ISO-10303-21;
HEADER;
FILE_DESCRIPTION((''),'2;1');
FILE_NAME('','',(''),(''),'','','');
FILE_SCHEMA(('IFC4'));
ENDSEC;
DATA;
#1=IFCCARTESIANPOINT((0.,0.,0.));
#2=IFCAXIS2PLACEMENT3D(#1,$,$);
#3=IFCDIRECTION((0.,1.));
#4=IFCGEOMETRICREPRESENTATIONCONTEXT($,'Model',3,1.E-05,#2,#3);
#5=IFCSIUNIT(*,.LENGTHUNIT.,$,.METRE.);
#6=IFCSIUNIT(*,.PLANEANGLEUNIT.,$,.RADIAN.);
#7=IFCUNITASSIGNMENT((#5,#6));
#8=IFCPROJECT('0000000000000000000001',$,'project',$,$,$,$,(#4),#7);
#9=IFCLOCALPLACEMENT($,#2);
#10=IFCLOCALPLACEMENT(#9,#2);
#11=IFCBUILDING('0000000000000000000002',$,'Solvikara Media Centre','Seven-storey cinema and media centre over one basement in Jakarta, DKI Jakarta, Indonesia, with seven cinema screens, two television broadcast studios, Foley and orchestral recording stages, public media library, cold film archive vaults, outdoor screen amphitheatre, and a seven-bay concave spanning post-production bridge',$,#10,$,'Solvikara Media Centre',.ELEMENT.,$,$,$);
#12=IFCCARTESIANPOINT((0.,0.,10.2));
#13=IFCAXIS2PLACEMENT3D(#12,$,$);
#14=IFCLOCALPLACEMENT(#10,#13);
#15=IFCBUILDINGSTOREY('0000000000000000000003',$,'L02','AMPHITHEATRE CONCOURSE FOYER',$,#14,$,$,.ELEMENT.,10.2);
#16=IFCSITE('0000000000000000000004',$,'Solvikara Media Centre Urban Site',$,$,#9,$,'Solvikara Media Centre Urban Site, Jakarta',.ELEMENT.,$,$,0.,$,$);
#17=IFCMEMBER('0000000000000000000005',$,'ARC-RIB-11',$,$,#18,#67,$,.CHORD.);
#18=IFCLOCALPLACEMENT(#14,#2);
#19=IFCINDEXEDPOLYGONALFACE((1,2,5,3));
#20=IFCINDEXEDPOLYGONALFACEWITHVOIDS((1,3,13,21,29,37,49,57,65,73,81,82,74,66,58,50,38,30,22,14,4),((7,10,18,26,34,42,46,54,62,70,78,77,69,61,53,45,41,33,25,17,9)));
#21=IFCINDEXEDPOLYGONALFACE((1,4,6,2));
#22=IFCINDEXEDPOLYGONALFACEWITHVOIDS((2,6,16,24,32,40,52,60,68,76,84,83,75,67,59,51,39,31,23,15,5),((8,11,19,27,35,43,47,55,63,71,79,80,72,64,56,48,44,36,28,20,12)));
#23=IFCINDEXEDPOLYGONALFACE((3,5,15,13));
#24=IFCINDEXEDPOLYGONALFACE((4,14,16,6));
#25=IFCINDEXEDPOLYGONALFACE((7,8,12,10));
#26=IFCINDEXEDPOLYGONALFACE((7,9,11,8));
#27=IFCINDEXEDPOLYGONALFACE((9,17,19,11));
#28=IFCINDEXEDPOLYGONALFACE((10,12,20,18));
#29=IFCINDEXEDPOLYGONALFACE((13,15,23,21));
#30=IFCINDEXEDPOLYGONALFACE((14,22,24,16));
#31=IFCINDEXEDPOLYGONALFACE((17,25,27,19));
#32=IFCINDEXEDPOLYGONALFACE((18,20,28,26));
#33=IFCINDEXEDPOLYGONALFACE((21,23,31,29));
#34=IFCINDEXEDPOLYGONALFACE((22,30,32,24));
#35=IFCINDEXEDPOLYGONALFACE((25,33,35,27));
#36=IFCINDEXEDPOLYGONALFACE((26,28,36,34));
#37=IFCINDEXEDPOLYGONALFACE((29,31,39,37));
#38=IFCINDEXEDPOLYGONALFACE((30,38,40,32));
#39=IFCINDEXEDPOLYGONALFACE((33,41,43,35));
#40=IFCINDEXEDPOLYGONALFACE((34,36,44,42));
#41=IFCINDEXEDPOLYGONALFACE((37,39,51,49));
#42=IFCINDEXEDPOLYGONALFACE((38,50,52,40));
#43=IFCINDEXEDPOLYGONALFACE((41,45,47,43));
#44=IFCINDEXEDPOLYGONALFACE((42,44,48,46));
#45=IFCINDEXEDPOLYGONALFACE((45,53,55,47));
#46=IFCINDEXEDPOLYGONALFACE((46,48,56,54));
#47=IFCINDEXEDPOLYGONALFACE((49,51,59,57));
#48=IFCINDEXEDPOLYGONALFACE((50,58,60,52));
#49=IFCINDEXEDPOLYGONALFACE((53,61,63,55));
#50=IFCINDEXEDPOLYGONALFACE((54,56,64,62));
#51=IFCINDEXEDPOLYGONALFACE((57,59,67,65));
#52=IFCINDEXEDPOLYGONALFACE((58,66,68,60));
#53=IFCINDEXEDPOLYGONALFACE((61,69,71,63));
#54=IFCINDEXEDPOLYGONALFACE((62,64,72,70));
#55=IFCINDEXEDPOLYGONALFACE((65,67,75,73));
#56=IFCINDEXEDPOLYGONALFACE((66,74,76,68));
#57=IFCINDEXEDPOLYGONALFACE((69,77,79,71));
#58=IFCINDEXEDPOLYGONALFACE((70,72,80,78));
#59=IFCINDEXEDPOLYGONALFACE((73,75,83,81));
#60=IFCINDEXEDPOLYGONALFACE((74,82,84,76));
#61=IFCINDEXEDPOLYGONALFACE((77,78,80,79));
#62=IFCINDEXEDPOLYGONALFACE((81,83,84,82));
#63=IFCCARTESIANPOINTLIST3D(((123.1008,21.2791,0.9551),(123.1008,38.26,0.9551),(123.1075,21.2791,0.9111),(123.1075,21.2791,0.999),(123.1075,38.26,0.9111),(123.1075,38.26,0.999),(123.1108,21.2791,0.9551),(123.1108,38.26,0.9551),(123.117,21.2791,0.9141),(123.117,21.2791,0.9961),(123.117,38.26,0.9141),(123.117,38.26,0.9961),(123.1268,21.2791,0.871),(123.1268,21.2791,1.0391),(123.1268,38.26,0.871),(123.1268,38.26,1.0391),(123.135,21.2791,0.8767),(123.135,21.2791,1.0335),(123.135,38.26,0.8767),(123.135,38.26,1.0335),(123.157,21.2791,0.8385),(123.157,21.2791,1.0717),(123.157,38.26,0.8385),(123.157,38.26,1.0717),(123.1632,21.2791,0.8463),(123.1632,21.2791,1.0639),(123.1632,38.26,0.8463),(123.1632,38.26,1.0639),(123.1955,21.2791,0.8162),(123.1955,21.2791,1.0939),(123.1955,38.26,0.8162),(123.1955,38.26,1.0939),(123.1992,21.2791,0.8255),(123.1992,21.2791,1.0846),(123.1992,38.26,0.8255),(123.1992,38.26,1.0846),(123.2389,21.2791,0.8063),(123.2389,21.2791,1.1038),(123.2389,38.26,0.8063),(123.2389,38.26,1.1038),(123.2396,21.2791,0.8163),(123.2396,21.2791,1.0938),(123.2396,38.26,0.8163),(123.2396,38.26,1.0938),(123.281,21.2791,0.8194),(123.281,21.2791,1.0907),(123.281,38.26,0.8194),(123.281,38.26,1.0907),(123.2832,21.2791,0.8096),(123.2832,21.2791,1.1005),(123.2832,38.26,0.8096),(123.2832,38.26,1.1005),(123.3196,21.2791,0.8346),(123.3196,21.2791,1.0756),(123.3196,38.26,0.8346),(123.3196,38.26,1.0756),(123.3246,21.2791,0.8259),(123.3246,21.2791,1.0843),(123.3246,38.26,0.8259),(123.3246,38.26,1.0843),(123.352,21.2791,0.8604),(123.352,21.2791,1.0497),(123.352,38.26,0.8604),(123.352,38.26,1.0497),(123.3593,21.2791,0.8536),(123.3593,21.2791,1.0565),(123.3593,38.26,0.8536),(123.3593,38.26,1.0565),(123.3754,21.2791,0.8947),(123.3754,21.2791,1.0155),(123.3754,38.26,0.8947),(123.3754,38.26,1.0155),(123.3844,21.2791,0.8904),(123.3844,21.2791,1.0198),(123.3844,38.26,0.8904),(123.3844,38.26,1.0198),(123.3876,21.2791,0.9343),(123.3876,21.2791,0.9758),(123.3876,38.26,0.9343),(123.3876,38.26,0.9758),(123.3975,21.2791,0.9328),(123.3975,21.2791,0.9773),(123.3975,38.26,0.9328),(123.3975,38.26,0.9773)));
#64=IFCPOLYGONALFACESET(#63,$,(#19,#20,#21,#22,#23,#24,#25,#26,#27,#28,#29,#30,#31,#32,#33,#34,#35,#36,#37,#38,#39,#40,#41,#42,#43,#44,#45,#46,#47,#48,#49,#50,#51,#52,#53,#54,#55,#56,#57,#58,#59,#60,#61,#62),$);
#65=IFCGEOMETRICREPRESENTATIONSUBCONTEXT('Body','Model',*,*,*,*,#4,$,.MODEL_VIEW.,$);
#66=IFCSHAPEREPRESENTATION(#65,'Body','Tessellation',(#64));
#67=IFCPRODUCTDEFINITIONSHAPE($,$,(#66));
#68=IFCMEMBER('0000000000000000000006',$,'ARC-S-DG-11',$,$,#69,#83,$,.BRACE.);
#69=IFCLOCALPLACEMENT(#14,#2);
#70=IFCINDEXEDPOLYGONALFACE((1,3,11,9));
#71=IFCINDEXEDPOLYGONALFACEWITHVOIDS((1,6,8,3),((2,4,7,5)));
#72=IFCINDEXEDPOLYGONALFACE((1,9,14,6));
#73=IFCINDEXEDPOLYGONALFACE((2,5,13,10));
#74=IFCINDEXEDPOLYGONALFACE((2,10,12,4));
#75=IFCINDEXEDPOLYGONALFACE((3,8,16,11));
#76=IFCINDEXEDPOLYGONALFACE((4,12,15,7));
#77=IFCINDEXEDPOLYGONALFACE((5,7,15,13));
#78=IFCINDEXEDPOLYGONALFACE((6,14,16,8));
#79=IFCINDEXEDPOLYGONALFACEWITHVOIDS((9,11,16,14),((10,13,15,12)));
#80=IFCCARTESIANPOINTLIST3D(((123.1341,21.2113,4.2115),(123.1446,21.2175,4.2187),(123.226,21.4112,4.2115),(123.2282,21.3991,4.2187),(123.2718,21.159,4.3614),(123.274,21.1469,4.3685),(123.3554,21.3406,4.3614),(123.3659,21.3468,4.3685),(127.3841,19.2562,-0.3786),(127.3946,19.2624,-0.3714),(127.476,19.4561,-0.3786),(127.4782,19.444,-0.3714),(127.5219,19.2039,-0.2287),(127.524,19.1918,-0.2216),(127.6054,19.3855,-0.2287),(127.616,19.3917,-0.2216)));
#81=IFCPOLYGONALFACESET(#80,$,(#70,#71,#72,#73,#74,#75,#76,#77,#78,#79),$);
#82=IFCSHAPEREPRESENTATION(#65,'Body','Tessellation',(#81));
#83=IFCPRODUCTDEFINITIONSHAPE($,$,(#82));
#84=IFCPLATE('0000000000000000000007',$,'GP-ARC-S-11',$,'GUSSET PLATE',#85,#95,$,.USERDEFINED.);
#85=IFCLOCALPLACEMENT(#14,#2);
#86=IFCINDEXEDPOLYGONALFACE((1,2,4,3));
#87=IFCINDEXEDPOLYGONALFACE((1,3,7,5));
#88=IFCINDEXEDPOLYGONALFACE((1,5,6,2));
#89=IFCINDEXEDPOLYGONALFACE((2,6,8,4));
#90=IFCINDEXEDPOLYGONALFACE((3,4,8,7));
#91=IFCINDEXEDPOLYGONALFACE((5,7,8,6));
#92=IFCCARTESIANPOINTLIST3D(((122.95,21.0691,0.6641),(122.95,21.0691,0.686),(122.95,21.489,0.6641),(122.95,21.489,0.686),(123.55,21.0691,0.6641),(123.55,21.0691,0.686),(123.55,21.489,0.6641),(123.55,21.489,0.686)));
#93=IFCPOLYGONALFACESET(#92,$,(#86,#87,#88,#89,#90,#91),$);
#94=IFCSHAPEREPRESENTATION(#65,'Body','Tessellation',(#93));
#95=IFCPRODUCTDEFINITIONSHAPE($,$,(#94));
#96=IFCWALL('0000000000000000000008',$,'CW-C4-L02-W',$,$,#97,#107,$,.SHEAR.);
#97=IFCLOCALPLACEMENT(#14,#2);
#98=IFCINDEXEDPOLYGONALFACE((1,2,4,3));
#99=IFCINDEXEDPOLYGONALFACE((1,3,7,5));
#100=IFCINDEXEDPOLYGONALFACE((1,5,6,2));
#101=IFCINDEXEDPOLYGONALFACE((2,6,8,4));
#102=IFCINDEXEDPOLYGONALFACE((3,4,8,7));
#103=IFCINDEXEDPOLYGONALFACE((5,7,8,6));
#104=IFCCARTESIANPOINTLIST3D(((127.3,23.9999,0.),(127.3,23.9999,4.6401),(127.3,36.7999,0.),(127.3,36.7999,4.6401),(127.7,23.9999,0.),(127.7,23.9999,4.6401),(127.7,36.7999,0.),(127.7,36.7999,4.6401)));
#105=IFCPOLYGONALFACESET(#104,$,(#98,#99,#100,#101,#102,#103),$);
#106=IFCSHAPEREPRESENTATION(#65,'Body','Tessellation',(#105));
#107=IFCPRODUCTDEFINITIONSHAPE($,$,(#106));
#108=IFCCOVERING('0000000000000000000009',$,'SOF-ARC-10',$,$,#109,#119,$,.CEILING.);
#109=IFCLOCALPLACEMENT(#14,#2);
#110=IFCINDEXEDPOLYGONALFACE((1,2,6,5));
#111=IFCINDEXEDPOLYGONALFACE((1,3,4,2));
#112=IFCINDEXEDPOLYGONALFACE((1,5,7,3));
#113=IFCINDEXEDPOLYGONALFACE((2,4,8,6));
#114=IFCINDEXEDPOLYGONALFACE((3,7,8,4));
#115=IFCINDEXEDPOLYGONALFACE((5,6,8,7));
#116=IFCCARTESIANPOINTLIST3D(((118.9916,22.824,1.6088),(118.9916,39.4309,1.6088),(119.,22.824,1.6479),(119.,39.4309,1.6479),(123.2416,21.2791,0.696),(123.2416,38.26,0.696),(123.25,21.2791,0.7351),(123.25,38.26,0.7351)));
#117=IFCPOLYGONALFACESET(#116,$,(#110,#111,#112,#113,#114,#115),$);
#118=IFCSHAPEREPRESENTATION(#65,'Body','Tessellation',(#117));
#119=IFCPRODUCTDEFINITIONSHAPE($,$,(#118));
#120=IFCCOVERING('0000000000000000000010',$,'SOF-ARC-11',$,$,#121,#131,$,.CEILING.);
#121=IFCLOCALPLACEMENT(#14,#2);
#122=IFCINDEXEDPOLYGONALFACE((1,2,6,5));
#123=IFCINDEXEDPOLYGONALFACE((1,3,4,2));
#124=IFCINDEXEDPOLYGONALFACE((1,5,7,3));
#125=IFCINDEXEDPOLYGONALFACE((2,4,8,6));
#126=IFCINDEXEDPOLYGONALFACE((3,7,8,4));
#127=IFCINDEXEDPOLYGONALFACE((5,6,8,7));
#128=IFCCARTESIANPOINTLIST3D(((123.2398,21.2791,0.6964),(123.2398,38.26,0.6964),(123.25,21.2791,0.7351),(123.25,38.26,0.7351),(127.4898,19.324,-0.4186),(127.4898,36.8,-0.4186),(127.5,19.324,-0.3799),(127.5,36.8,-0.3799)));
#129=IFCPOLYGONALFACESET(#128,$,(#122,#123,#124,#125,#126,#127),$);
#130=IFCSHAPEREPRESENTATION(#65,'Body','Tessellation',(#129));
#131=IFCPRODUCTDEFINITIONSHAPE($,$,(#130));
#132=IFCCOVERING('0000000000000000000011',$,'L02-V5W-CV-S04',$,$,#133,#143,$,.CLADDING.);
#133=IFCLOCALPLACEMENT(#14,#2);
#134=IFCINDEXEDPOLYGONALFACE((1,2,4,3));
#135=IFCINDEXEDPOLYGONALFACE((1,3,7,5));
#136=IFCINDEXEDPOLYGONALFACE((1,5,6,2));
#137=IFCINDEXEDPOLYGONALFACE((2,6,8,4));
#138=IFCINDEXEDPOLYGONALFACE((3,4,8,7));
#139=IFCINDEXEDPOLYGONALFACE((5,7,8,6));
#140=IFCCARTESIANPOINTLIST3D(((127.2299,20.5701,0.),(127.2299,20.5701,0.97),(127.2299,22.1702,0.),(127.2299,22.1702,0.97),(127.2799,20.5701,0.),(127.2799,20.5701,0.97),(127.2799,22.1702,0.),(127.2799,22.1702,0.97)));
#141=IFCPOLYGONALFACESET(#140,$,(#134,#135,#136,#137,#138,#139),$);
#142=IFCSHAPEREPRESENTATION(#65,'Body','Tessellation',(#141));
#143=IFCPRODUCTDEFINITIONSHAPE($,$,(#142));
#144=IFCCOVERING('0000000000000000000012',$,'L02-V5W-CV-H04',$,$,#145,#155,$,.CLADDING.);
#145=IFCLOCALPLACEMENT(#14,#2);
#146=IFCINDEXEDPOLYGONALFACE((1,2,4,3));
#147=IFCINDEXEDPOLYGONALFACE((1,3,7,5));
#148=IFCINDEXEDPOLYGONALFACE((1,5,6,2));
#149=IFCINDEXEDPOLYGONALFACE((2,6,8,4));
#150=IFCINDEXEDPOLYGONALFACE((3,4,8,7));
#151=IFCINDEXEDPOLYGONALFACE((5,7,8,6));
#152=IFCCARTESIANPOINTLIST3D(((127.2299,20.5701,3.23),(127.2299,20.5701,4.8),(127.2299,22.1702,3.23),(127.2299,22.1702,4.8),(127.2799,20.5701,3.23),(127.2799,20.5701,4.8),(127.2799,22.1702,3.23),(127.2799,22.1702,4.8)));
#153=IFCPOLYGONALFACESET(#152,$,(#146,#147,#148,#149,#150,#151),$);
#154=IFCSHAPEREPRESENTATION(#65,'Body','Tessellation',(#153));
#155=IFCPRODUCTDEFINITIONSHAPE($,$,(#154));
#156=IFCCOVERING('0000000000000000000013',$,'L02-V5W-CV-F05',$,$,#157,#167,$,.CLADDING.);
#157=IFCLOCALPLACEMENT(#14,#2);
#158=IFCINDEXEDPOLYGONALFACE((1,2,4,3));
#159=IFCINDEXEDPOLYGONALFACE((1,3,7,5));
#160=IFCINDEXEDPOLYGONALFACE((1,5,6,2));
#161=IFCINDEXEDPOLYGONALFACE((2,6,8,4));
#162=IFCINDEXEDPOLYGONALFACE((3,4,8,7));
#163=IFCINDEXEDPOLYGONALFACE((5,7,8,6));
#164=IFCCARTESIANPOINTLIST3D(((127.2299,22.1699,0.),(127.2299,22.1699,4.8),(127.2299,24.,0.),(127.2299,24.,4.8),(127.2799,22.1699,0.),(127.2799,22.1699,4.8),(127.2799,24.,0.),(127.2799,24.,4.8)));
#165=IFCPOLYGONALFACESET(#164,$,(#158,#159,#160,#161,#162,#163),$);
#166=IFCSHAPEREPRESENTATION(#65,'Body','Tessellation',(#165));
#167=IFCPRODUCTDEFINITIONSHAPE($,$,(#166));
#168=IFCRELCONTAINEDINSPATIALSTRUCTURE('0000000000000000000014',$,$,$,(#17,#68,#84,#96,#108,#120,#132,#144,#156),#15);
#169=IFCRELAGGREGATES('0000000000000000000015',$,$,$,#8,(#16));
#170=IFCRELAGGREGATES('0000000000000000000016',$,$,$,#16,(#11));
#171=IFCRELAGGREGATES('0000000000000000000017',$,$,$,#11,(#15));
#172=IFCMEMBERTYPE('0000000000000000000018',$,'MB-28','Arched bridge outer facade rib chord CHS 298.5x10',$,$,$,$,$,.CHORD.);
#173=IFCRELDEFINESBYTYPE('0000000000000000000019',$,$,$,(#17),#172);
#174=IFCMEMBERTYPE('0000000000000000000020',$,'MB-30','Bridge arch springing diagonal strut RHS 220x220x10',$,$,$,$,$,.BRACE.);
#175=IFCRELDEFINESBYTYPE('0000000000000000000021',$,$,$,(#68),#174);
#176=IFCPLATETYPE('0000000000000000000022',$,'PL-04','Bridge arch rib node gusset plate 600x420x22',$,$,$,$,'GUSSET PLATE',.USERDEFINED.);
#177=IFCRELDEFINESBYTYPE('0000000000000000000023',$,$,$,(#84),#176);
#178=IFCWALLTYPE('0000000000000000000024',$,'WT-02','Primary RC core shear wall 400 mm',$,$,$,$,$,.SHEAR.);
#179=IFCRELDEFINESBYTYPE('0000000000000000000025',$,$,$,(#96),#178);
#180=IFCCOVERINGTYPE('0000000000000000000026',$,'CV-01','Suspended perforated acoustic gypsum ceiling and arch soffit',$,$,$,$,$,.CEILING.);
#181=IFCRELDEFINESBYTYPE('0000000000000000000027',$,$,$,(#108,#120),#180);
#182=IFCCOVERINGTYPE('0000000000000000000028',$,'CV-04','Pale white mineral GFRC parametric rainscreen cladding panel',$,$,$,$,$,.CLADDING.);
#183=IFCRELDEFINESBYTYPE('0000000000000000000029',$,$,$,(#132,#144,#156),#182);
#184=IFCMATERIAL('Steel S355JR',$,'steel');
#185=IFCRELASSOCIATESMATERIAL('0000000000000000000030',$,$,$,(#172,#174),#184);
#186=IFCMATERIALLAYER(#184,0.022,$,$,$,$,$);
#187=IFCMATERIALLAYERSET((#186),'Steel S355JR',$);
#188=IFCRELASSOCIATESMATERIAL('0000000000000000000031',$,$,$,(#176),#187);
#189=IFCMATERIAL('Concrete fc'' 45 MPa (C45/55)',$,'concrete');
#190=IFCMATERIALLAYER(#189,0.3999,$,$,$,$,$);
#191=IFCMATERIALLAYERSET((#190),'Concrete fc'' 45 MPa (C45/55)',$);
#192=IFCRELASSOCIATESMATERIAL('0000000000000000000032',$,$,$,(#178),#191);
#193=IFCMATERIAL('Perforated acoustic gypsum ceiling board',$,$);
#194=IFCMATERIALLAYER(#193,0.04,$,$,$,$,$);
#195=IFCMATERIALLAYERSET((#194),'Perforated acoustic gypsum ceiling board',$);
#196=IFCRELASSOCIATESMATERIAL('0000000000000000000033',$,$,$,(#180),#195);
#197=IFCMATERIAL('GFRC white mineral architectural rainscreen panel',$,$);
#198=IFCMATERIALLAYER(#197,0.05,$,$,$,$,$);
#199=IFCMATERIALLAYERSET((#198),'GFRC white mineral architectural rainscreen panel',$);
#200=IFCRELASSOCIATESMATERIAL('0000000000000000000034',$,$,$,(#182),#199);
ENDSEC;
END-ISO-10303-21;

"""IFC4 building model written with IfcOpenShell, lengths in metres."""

from ifc_helpers import new_model, si_unit, direction, frame, frame_2d, origin, origin_2d, place, context, subcontext, project, spatial, polyline, rectangle, hollow_rectangle, hollow_circle, outline, extrude, material, layer, layer_set, material_profile, profile_set, type_object, element, save


model = new_model("IFC4")

# Units and contexts
model_context = context("Model", 3, precision=1e-05, world=origin(), true_north=direction((0.0, 1.0)))
body_context = subcontext(model_context, "Body", "Model", "MODEL_VIEW")
ifc_project = project(units=[si_unit("LENGTHUNIT", "METRE"), si_unit("PLANEANGLEUNIT", "RADIAN")], contexts=[model_context])

# Site, building, storey
site_placement = place(None, origin())
site = spatial("IfcSite", under=ifc_project, at=site_placement, Name="Solvikara Media Centre Urban Site", LongName="Solvikara Media Centre Urban Site, Jakarta", CompositionType="ELEMENT", RefElevation=0.0)
building_placement = place(site_placement, origin())
building = spatial("IfcBuilding", under=site, at=building_placement, Name="Solvikara Media Centre", Description="Seven-storey cinema and media centre over one basement in Jakarta, DKI Jakarta, Indonesia, with seven cinema screens, two television broadcast studios, Foley and orchestral recording stages, public media library, cold film archive vaults, outdoor screen amphitheatre, and a seven-bay concave spanning post-production bridge", LongName="Solvikara Media Centre", CompositionType="ELEMENT")
storey_placement = place(building_placement, frame((0.0, 0.0, 10.2)))
storey = spatial("IfcBuildingStorey", under=building, at=storey_placement, Name="L02", Description="AMPHITHEATRE CONCOURSE FOYER", CompositionType="ELEMENT", Elevation=10.2)

# Members
ifc_material_1 = material(Name="Steel S355JR", Category="steel")
ifc_material_profile_1 = material_profile(ifc_material_1, hollow_circle(Radius=0.1492, WallThickness=0.01, at=origin_2d()), Name="CHS 298.5x10")
ifc_profile_set_1 = profile_set([ifc_material_profile_1], Name="Steel S355JR")
member_type_1 = type_object("IfcMemberType", Name="MB-28", Description="Arched bridge outer facade rib chord CHS 298.5x10", PredefinedType="CHORD", material=ifc_profile_set_1)
member_1_placement = place(storey_placement, frame((123.25, 21.2791, 0.9551), z_axis=(0.0, 1.0, 0.0), x_axis=(-1.0, 0.0, 0.0)))
element("IfcMember", 1, at=member_1_placement, inside=storey, type_object=member_type_1, Name="ARC-RIB-11", PredefinedType="CHORD", context=body_context, shape_type="SweptSolid", body=[
    extrude(hollow_circle(Radius=0.1492, WallThickness=0.01, at=origin_2d()), origin(), (0.0, 0.0, 1.0), 16.981),
])
ifc_material_profile_2 = material_profile(ifc_material_1, hollow_rectangle(XDim=0.22, YDim=0.22, WallThickness=0.01, at=origin_2d()), Name="RHS 220x220x10")
ifc_profile_set_2 = profile_set([ifc_material_profile_2], Name="Steel S355JR")
member_type_2 = type_object("IfcMemberType", Name="MB-30", Description="Bridge arch springing diagonal strut RHS 220x220x10", PredefinedType="BRACE", material=ifc_profile_set_2)
member_2_placement = place(storey_placement, frame((123.25, 21.2791, 4.29), z_axis=(0.648468, -0.298307, -0.700359), x_axis=(0.417919, 0.908484, 0.0)))
element("IfcMember", 2, at=member_2_placement, inside=storey, type_object=member_type_2, Name="ARC-S-DG-11", PredefinedType="BRACE", context=body_context, shape_type="SweptSolid", body=[
    extrude(hollow_rectangle(XDim=0.22, YDim=0.22, WallThickness=0.01, at=origin_2d()), origin(), (0.0, 0.0, 1.0), 6.554),
])

# Plate
ifc_layer_1 = layer(ifc_material_1, 0.022)
ifc_layer_set_1 = layer_set([ifc_layer_1], Name="Steel S355JR")
plate_type = type_object("IfcPlateType", Name="PL-04", Description="Bridge arch rib node gusset plate 600x420x22", ElementType="GUSSET PLATE", PredefinedType="USERDEFINED", material=ifc_layer_set_1)
plate_placement = place(storey_placement, frame((123.25, 21.2791, 0.6641), z_axis=(0.0, 0.0, 1.0), x_axis=(1.0, 0.0, 0.0)))
element("IfcPlate", 3, at=plate_placement, inside=storey, type_object=plate_type, Name="GP-ARC-S-11", ObjectType="GUSSET PLATE", PredefinedType="USERDEFINED", context=body_context, shape_type="SweptSolid", body=[
    extrude(rectangle(XDim=0.6001, YDim=0.4199, at=origin_2d()), origin(), (0.0, 0.0, 1.0), 0.022),
])

# Wall
ifc_material_2 = material(Name="Concrete fc' 45 MPa (C45/55)", Category="concrete")
ifc_layer_2 = layer(ifc_material_2, 0.3999)
ifc_layer_set_2 = layer_set([ifc_layer_2], Name="Concrete fc' 45 MPa (C45/55)")
wall_type = type_object("IfcWallType", Name="WT-02", Description="Primary RC core shear wall 400 mm", PredefinedType="SHEAR", material=ifc_layer_set_2)
wall_placement = place(storey_placement, frame((127.5, 24.0, 0.0), z_axis=(0.0, 0.0, 1.0), x_axis=(0.0, 1.0, 0.0)))
element("IfcWall", 4, at=wall_placement, inside=storey, type_object=wall_type, Name="CW-C4-L02-W", PredefinedType="SHEAR", context=body_context, shape_type="SweptSolid", body=[
    extrude(rectangle(XDim=12.8, YDim=0.3999, at=frame_2d((6.3999, 0.0))), origin(), (0.0, 0.0, 1.0), 4.6401),
])

# Coverings
ifc_material_3 = material(Name="Perforated acoustic gypsum ceiling board")
ifc_layer_3 = layer(ifc_material_3, 0.04)
ifc_layer_set_3 = layer_set([ifc_layer_3], Name="Perforated acoustic gypsum ceiling board")
covering_type_1 = type_object("IfcCoveringType", Name="CV-01", Description="Suspended perforated acoustic gypsum ceiling and arch soffit", PredefinedType="CEILING", material=ifc_layer_set_3)
covering_1_placement = place(storey_placement, frame((119.0, 22.824, 1.6479), z_axis=(0.209997, 0.0, 0.977702), x_axis=(0.921249, -0.334884, -0.197872)))
element("IfcCovering", 5, at=covering_1_placement, inside=storey, type_object=covering_type_1, Name="SOF-ARC-10", PredefinedType="CEILING", context=body_context, shape_type="SweptSolid", body=[
    extrude(outline(polyline([(0.0, 0.0), (4.6133, 0.0), (-1.0733, 16.0005), (-5.5614, 15.648), (0.0, 0.0)])), origin(), (0.0, 0.0, -1.0), 0.04),
])
covering_2_placement = place(storey_placement, frame((123.25, 21.2791, 0.7351), z_axis=(0.253763, 0.0, 0.967266), x_axis=(0.88373, -0.406532, -0.231847)))
element("IfcCovering", 6, at=covering_2_placement, inside=storey, type_object=covering_type_1, Name="SOF-ARC-11", PredefinedType="CEILING", context=body_context, shape_type="SweptSolid", body=[
    extrude(outline(polyline([(0.0, 0.0), (4.8092, 0.0), (-2.2954, 15.9668), (-6.9033, 15.5144), (0.0, 0.0)])), origin(), (0.0, 0.0, -1.0), 0.04),
])
ifc_material_4 = material(Name="GFRC white mineral architectural rainscreen panel")
ifc_layer_4 = layer(ifc_material_4, 0.05)
ifc_layer_set_4 = layer_set([ifc_layer_4], Name="GFRC white mineral architectural rainscreen panel")
covering_type_2 = type_object("IfcCoveringType", Name="CV-04", Description="Pale white mineral GFRC parametric rainscreen cladding panel", PredefinedType="CLADDING", material=ifc_layer_set_4)
covering_3_placement = place(storey_placement, frame((127.2549, 21.3701, 0.0), z_axis=(0.0, 0.0, 1.0), x_axis=(0.0, 1.0, 0.0)))
element("IfcCovering", 7, at=covering_3_placement, inside=storey, type_object=covering_type_2, Name="L02-V5W-CV-S04", PredefinedType="CLADDING", context=body_context, shape_type="SweptSolid", body=[
    extrude(rectangle(XDim=1.6001, YDim=0.05, at=origin_2d()), origin(), (0.0, 0.0, 1.0), 0.97),
])
covering_4_placement = place(storey_placement, frame((127.2549, 21.3701, 3.23), z_axis=(0.0, 0.0, 1.0), x_axis=(0.0, 1.0, 0.0)))
element("IfcCovering", 8, at=covering_4_placement, inside=storey, type_object=covering_type_2, Name="L02-V5W-CV-H04", PredefinedType="CLADDING", context=body_context, shape_type="SweptSolid", body=[
    extrude(rectangle(XDim=1.6001, YDim=0.05, at=origin_2d()), origin(), (0.0, 0.0, 1.0), 1.5701),
])
covering_5_placement = place(storey_placement, frame((127.2549, 23.085, 0.0), z_axis=(0.0, 0.0, 1.0), x_axis=(0.0, 1.0, 0.0)))
element("IfcCovering", 9, at=covering_5_placement, inside=storey, type_object=covering_type_2, Name="L02-V5W-CV-F05", PredefinedType="CLADDING", context=body_context, shape_type="SweptSolid", body=[
    extrude(rectangle(XDim=1.8301, YDim=0.05, at=origin_2d()), origin(), (0.0, 0.0, 1.0), 4.8),
])

save(model, "model.ifc")
